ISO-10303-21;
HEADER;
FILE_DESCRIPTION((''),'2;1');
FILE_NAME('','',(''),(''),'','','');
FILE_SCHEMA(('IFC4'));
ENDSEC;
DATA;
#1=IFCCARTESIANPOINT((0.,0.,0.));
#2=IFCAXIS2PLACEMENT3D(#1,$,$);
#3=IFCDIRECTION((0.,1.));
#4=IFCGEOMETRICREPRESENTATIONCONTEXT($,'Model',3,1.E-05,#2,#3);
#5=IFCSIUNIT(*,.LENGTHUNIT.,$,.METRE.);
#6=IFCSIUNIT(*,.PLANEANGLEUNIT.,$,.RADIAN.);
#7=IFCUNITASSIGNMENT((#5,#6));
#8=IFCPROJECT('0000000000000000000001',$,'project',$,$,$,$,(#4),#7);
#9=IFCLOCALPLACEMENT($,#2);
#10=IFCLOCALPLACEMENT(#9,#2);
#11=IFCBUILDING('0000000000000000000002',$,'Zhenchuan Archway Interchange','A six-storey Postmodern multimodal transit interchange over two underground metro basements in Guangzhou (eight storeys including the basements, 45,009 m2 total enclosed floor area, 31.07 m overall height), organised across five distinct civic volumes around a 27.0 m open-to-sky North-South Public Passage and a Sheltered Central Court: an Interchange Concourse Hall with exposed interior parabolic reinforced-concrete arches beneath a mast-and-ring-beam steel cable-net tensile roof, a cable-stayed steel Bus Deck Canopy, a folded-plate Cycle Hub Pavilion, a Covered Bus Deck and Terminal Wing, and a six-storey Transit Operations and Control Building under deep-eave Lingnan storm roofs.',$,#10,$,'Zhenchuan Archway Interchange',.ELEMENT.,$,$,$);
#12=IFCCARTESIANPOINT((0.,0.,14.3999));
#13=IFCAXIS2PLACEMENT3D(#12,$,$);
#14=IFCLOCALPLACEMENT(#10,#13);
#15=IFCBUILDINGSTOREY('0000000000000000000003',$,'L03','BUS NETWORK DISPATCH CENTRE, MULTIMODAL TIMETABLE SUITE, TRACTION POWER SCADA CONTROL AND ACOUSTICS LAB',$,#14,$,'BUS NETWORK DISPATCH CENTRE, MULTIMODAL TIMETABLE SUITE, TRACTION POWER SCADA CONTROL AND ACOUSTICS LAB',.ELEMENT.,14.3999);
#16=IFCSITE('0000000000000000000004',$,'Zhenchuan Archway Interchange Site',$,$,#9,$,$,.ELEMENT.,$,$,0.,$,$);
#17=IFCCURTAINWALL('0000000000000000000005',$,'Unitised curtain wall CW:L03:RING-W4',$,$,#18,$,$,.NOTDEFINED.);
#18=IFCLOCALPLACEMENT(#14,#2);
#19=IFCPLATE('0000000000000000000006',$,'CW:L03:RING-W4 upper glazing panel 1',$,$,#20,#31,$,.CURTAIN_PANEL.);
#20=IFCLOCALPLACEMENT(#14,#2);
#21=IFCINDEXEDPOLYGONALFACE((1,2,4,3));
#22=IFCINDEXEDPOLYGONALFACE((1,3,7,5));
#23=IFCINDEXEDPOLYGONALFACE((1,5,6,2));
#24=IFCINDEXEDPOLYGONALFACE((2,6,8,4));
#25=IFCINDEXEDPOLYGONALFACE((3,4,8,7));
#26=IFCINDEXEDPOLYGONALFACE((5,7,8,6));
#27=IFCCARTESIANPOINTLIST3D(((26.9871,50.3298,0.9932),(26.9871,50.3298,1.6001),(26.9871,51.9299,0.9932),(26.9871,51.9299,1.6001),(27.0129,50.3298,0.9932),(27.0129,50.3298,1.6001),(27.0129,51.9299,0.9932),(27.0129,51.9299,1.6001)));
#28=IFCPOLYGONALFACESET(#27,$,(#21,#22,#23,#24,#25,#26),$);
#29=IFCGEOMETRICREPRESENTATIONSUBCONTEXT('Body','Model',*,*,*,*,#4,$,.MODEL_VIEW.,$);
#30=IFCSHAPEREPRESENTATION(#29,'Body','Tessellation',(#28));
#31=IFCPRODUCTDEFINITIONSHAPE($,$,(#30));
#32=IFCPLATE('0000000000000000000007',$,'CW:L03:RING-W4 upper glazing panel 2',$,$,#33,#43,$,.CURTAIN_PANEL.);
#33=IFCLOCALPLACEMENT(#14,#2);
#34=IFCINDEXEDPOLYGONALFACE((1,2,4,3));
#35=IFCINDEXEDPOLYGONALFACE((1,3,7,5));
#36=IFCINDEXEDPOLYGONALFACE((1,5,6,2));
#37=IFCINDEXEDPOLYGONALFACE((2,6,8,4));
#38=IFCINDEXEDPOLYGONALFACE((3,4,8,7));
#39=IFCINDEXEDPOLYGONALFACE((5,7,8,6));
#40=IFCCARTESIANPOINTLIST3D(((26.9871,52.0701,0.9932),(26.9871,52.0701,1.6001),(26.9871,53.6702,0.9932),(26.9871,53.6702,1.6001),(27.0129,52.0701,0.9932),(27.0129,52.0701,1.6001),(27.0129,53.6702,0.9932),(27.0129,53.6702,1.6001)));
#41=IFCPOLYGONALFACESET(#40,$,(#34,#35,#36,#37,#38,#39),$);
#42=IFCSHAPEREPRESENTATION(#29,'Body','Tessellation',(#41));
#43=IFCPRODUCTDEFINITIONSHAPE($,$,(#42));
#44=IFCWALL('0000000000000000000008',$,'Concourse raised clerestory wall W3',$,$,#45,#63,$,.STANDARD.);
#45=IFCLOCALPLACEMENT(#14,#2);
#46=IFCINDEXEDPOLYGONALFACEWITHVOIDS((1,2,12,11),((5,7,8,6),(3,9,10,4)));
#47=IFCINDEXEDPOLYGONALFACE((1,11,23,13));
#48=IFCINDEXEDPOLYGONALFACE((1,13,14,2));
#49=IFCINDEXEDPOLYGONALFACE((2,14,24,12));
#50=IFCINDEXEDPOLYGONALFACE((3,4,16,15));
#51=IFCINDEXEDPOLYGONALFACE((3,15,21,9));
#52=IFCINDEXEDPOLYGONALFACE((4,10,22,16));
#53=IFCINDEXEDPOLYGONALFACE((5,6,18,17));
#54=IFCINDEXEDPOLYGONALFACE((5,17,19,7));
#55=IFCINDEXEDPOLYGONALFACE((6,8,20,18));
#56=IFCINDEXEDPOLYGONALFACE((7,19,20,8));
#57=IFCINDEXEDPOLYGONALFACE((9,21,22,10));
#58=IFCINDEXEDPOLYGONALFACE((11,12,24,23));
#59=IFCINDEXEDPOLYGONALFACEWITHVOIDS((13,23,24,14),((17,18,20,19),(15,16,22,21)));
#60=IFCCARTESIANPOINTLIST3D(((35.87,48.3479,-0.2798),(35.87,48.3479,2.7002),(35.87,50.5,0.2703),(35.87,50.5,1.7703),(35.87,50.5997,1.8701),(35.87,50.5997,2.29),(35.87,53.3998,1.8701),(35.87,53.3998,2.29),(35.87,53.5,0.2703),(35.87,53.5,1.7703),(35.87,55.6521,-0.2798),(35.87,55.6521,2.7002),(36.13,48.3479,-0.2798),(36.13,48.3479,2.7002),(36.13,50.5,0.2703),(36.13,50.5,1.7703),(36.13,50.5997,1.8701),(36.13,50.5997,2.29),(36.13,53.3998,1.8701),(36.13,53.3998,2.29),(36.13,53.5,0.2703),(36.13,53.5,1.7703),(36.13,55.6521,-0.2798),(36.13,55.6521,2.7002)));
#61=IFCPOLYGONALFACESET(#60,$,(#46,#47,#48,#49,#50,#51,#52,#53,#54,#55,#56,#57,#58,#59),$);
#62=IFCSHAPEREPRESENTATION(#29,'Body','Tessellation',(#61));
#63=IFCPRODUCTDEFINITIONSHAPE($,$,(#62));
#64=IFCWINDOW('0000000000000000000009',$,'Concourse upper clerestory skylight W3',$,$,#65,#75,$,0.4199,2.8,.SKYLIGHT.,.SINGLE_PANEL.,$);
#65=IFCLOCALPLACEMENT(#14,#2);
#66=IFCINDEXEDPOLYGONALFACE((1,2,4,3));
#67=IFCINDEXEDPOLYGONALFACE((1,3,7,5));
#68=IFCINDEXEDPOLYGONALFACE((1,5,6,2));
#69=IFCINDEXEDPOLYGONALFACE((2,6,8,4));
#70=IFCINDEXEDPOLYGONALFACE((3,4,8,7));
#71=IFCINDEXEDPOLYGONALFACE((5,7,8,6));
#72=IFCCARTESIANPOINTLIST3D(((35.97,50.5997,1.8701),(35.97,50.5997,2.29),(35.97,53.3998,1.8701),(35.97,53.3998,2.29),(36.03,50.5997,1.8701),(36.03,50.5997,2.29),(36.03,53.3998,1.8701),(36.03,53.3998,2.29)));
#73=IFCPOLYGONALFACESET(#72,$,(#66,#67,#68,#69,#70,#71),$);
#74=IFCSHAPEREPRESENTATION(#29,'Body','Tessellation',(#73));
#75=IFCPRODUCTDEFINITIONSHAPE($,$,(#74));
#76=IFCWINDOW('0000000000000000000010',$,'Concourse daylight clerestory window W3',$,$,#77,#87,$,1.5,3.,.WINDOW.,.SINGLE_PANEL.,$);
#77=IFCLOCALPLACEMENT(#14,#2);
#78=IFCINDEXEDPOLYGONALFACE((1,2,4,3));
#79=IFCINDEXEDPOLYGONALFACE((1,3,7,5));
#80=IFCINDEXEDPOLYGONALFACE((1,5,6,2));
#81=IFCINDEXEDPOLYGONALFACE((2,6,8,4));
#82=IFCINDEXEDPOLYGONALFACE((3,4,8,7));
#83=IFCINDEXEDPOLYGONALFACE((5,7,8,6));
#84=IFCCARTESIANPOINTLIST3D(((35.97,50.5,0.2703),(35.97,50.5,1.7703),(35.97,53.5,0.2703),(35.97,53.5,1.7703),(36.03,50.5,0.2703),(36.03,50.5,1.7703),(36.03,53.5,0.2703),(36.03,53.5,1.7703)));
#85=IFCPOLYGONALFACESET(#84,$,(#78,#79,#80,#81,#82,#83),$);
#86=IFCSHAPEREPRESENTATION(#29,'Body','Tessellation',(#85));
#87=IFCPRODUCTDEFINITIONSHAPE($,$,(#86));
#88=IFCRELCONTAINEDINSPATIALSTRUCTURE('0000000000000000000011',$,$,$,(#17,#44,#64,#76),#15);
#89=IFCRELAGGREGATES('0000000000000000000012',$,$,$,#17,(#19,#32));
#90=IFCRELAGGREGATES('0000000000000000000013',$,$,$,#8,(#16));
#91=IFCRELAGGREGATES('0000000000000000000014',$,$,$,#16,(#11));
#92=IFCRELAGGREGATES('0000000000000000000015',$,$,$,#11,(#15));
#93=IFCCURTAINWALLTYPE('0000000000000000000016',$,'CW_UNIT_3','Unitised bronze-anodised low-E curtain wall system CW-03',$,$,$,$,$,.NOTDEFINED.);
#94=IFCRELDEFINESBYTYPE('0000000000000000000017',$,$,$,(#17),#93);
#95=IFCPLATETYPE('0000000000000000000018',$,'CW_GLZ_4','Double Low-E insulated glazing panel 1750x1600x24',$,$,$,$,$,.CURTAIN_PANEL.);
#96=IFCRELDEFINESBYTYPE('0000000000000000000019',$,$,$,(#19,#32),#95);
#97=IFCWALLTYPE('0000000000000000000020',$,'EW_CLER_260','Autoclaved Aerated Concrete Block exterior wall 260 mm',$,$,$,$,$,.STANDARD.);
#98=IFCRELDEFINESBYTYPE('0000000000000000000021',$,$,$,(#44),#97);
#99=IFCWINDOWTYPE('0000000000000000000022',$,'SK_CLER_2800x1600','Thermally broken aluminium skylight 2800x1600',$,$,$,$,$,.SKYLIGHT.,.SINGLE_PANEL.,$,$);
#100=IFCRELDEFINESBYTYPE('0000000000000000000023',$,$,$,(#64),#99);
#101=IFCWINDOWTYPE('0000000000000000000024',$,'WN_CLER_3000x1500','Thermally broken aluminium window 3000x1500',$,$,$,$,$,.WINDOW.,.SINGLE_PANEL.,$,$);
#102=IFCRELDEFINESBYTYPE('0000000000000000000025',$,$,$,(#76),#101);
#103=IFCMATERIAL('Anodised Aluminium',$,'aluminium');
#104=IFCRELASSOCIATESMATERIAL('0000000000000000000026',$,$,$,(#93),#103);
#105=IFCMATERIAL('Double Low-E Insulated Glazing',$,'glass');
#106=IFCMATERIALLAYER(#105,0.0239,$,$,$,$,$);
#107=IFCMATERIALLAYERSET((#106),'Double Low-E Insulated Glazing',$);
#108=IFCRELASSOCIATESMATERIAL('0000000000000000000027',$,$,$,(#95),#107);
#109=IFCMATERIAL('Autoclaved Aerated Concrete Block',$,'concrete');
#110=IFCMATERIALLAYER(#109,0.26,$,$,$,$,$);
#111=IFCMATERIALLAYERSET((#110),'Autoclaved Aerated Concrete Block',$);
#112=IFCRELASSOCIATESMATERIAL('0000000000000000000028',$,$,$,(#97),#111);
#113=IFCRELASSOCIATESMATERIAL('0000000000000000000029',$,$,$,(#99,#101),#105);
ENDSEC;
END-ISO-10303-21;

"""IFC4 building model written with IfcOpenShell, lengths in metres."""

from ifc_helpers import new_model, si_unit, direction, frame, frame_2d, origin, origin_2d, place, context, subcontext, project, spatial, rectangle, extrude, material, layer, layer_set, type_object, element, fill, aggregate, save


model = new_model("IFC4")

# Units and contexts
model_context = context("Model", 3, precision=1e-05, world=origin(), true_north=direction((0.0, 1.0)))
body_context = subcontext(model_context, "Body", "Model", "MODEL_VIEW")
ifc_project = project(units=[si_unit("LENGTHUNIT", "METRE"), si_unit("PLANEANGLEUNIT", "RADIAN")], contexts=[model_context])

# Site, building, storey
site_placement = place(None, origin())
site = spatial("IfcSite", under=ifc_project, at=site_placement, Name="Zhenchuan Archway Interchange Site", CompositionType="ELEMENT", RefElevation=0.0)
building_placement = place(site_placement, origin())
building = spatial("IfcBuilding", under=site, at=building_placement, Name="Zhenchuan Archway Interchange", Description="A six-storey Postmodern multimodal transit interchange over two underground metro basements in Guangzhou (eight storeys including the basements, 45,009 m2 total enclosed floor area, 31.07 m overall height), organised across five distinct civic volumes around a 27.0 m open-to-sky North-South Public Passage and a Sheltered Central Court: an Interchange Concourse Hall with exposed interior parabolic reinforced-concrete arches beneath a mast-and-ring-beam steel cable-net tensile roof, a cable-stayed steel Bus Deck Canopy, a folded-plate Cycle Hub Pavilion, a Covered Bus Deck and Terminal Wing, and a six-storey Transit Operations and Control Building under deep-eave Lingnan storm roofs.", LongName="Zhenchuan Archway Interchange", CompositionType="ELEMENT")
storey_placement = place(building_placement, frame((0.0, 0.0, 14.3999)))
storey = spatial("IfcBuildingStorey", under=building, at=storey_placement, Name="L03", Description="BUS NETWORK DISPATCH CENTRE, MULTIMODAL TIMETABLE SUITE, TRACTION POWER SCADA CONTROL AND ACOUSTICS LAB", LongName="BUS NETWORK DISPATCH CENTRE, MULTIMODAL TIMETABLE SUITE, TRACTION POWER SCADA CONTROL AND ACOUSTICS LAB", CompositionType="ELEMENT", Elevation=14.3999)

# Shared definitions
ifc_material_1 = material(Name="Anodised Aluminium", Category="aluminium")
curtain_wall_type = type_object("IfcCurtainWallType", Name="CW_UNIT_3", Description="Unitised bronze-anodised low-E curtain wall system CW-03", PredefinedType="NOTDEFINED", material=ifc_material_1)

# Curtain wall
curtain_wall_1_placement = place(storey_placement, origin())
curtain_wall_1 = element("IfcCurtainWall", 1, at=curtain_wall_1_placement, inside=storey, type_object=curtain_wall_type, Name="Unitised curtain wall CW:L03:RING-W4", PredefinedType="NOTDEFINED")

# Plates
ifc_material_2 = material(Name="Double Low-E Insulated Glazing", Category="glass")
ifc_layer_1 = layer(ifc_material_2, 0.0239)
ifc_layer_set_1 = layer_set([ifc_layer_1], Name="Double Low-E Insulated Glazing")
plate_type_1 = type_object("IfcPlateType", Name="CW_GLZ_4", Description="Double Low-E insulated glazing panel 1750x1600x24", PredefinedType="CURTAIN_PANEL", material=ifc_layer_set_1)
plate_1_placement = place(storey_placement, frame((27.0, 51.1299, 0.9932), z_axis=(0.0, 0.0, 1.0), x_axis=(0.0, 1.0, 0.0)))
plate_1 = element("IfcPlate", 2, at=plate_1_placement, type_object=plate_type_1, Name="CW:L03:RING-W4 upper glazing panel 1", PredefinedType="CURTAIN_PANEL", context=body_context, shape_type="SweptSolid", body=[
    extrude(rectangle(XDim=1.6001, YDim=0.0259, at=origin_2d()), origin(), (0.0, 0.0, 1.0), 0.6069),
])
plate_2_placement = place(storey_placement, frame((27.0, 52.8701, 0.9932), z_axis=(0.0, 0.0, 1.0), x_axis=(0.0, 1.0, 0.0)))
plate_2 = element("IfcPlate", 3, at=plate_2_placement, type_object=plate_type_1, Name="CW:L03:RING-W4 upper glazing panel 2", PredefinedType="CURTAIN_PANEL", context=body_context, shape_type="SweptSolid", body=[
    extrude(rectangle(XDim=1.6001, YDim=0.0259, at=origin_2d()), origin(), (0.0, 0.0, 1.0), 0.6069),
])
aggregate(curtain_wall_1, [plate_1, plate_2])

# Wall, openings, windows
ifc_material_3 = material(Name="Autoclaved Aerated Concrete Block", Category="concrete")
ifc_layer_2 = layer(ifc_material_3, 0.26)
ifc_layer_set_2 = layer_set([ifc_layer_2], Name="Autoclaved Aerated Concrete Block")
wall_type = type_object("IfcWallType", Name="EW_CLER_260", Description="Autoclaved Aerated Concrete Block exterior wall 260 mm", PredefinedType="STANDARD", material=ifc_layer_set_2)
wall_placement = place(storey_placement, frame((36.0, 48.3479, -0.2798), z_axis=(0.0, 0.0, 1.0), x_axis=(0.0, 1.0, 0.0)))
wall = element("IfcWall", 4, at=wall_placement, inside=storey, type_object=wall_type, Name="Concourse raised clerestory wall W3", PredefinedType="STANDARD", context=body_context, shape_type="SweptSolid", body=[
    extrude(rectangle(XDim=7.3042, YDim=0.26, at=frame_2d((3.6521, 0.0))), origin(), (0.0, 0.0, 1.0), 2.98),
])
opening_1_placement = place(wall_placement, frame((2.1521, 0.0, 0.55)))
opening_1 = element("IfcOpeningElement", 5, at=opening_1_placement, cuts=wall, PredefinedType="OPENING", context=body_context, shape_type="SweptSolid", body=[
    extrude(rectangle(XDim=3.0, YDim=1.5, at=frame_2d((1.5, 0.75))), frame((0.0, 0.1421, 0.0), z_axis=(0.0, -1.0, 0.0), x_axis=(1.0, 0.0, 0.0)), (0.0, 0.0, 1.0), 0.2839),
])
opening_2_placement = place(wall_placement, frame((2.252, 0.0, 2.1499)))
opening_2 = element("IfcOpeningElement", 6, at=opening_2_placement, cuts=wall, PredefinedType="OPENING", context=body_context, shape_type="SweptSolid", body=[
    extrude(rectangle(XDim=2.8, YDim=0.4199, at=frame_2d((1.3999, 0.21))), frame((0.0, 0.1421, 0.0), z_axis=(0.0, -1.0, 0.0), x_axis=(1.0, 0.0, 0.0)), (0.0, 0.0, 1.0), 0.2839),
])
window_type_1 = type_object("IfcWindowType", Name="SK_CLER_2800x1600", Description="Thermally broken aluminium skylight 2800x1600", PartitioningType="SINGLE_PANEL", PredefinedType="SKYLIGHT", material=ifc_material_2)
window_1_placement = place(opening_2_placement, origin())
window_1 = element("IfcWindow", 7, at=window_1_placement, inside=storey, type_object=window_type_1, Name="Concourse upper clerestory skylight W3", OverallHeight=0.4199, OverallWidth=2.8, PartitioningType="SINGLE_PANEL", PredefinedType="SKYLIGHT", context=body_context, shape_type="SweptSolid", body=[
    extrude(rectangle(XDim=2.8, YDim=0.4199, at=frame_2d((1.3999, 0.21))), frame((0.0, 0.03, 0.0), z_axis=(0.0, -1.0, 0.0), x_axis=(1.0, 0.0, 0.0)), (0.0, 0.0, 1.0), 0.0601),
])
fill(opening_2, window_1)
window_type_2 = type_object("IfcWindowType", Name="WN_CLER_3000x1500", Description="Thermally broken aluminium window 3000x1500", PartitioningType="SINGLE_PANEL", PredefinedType="WINDOW", material=ifc_material_2)
window_2_placement = place(opening_1_placement, origin())
window_2 = element("IfcWindow", 8, at=window_2_placement, inside=storey, type_object=window_type_2, Name="Concourse daylight clerestory window W3", OverallHeight=1.5, OverallWidth=3.0, PartitioningType="SINGLE_PANEL", PredefinedType="WINDOW", context=body_context, shape_type="SweptSolid", body=[
    extrude(rectangle(XDim=3.0, YDim=1.5, at=frame_2d((1.5, 0.75))), frame((0.0, 0.03, 0.0), z_axis=(0.0, -1.0, 0.0), x_axis=(1.0, 0.0, 0.0)), (0.0, 0.0, 1.0), 0.0601),
])
fill(opening_1, window_2)

save(model, "model.ifc")
